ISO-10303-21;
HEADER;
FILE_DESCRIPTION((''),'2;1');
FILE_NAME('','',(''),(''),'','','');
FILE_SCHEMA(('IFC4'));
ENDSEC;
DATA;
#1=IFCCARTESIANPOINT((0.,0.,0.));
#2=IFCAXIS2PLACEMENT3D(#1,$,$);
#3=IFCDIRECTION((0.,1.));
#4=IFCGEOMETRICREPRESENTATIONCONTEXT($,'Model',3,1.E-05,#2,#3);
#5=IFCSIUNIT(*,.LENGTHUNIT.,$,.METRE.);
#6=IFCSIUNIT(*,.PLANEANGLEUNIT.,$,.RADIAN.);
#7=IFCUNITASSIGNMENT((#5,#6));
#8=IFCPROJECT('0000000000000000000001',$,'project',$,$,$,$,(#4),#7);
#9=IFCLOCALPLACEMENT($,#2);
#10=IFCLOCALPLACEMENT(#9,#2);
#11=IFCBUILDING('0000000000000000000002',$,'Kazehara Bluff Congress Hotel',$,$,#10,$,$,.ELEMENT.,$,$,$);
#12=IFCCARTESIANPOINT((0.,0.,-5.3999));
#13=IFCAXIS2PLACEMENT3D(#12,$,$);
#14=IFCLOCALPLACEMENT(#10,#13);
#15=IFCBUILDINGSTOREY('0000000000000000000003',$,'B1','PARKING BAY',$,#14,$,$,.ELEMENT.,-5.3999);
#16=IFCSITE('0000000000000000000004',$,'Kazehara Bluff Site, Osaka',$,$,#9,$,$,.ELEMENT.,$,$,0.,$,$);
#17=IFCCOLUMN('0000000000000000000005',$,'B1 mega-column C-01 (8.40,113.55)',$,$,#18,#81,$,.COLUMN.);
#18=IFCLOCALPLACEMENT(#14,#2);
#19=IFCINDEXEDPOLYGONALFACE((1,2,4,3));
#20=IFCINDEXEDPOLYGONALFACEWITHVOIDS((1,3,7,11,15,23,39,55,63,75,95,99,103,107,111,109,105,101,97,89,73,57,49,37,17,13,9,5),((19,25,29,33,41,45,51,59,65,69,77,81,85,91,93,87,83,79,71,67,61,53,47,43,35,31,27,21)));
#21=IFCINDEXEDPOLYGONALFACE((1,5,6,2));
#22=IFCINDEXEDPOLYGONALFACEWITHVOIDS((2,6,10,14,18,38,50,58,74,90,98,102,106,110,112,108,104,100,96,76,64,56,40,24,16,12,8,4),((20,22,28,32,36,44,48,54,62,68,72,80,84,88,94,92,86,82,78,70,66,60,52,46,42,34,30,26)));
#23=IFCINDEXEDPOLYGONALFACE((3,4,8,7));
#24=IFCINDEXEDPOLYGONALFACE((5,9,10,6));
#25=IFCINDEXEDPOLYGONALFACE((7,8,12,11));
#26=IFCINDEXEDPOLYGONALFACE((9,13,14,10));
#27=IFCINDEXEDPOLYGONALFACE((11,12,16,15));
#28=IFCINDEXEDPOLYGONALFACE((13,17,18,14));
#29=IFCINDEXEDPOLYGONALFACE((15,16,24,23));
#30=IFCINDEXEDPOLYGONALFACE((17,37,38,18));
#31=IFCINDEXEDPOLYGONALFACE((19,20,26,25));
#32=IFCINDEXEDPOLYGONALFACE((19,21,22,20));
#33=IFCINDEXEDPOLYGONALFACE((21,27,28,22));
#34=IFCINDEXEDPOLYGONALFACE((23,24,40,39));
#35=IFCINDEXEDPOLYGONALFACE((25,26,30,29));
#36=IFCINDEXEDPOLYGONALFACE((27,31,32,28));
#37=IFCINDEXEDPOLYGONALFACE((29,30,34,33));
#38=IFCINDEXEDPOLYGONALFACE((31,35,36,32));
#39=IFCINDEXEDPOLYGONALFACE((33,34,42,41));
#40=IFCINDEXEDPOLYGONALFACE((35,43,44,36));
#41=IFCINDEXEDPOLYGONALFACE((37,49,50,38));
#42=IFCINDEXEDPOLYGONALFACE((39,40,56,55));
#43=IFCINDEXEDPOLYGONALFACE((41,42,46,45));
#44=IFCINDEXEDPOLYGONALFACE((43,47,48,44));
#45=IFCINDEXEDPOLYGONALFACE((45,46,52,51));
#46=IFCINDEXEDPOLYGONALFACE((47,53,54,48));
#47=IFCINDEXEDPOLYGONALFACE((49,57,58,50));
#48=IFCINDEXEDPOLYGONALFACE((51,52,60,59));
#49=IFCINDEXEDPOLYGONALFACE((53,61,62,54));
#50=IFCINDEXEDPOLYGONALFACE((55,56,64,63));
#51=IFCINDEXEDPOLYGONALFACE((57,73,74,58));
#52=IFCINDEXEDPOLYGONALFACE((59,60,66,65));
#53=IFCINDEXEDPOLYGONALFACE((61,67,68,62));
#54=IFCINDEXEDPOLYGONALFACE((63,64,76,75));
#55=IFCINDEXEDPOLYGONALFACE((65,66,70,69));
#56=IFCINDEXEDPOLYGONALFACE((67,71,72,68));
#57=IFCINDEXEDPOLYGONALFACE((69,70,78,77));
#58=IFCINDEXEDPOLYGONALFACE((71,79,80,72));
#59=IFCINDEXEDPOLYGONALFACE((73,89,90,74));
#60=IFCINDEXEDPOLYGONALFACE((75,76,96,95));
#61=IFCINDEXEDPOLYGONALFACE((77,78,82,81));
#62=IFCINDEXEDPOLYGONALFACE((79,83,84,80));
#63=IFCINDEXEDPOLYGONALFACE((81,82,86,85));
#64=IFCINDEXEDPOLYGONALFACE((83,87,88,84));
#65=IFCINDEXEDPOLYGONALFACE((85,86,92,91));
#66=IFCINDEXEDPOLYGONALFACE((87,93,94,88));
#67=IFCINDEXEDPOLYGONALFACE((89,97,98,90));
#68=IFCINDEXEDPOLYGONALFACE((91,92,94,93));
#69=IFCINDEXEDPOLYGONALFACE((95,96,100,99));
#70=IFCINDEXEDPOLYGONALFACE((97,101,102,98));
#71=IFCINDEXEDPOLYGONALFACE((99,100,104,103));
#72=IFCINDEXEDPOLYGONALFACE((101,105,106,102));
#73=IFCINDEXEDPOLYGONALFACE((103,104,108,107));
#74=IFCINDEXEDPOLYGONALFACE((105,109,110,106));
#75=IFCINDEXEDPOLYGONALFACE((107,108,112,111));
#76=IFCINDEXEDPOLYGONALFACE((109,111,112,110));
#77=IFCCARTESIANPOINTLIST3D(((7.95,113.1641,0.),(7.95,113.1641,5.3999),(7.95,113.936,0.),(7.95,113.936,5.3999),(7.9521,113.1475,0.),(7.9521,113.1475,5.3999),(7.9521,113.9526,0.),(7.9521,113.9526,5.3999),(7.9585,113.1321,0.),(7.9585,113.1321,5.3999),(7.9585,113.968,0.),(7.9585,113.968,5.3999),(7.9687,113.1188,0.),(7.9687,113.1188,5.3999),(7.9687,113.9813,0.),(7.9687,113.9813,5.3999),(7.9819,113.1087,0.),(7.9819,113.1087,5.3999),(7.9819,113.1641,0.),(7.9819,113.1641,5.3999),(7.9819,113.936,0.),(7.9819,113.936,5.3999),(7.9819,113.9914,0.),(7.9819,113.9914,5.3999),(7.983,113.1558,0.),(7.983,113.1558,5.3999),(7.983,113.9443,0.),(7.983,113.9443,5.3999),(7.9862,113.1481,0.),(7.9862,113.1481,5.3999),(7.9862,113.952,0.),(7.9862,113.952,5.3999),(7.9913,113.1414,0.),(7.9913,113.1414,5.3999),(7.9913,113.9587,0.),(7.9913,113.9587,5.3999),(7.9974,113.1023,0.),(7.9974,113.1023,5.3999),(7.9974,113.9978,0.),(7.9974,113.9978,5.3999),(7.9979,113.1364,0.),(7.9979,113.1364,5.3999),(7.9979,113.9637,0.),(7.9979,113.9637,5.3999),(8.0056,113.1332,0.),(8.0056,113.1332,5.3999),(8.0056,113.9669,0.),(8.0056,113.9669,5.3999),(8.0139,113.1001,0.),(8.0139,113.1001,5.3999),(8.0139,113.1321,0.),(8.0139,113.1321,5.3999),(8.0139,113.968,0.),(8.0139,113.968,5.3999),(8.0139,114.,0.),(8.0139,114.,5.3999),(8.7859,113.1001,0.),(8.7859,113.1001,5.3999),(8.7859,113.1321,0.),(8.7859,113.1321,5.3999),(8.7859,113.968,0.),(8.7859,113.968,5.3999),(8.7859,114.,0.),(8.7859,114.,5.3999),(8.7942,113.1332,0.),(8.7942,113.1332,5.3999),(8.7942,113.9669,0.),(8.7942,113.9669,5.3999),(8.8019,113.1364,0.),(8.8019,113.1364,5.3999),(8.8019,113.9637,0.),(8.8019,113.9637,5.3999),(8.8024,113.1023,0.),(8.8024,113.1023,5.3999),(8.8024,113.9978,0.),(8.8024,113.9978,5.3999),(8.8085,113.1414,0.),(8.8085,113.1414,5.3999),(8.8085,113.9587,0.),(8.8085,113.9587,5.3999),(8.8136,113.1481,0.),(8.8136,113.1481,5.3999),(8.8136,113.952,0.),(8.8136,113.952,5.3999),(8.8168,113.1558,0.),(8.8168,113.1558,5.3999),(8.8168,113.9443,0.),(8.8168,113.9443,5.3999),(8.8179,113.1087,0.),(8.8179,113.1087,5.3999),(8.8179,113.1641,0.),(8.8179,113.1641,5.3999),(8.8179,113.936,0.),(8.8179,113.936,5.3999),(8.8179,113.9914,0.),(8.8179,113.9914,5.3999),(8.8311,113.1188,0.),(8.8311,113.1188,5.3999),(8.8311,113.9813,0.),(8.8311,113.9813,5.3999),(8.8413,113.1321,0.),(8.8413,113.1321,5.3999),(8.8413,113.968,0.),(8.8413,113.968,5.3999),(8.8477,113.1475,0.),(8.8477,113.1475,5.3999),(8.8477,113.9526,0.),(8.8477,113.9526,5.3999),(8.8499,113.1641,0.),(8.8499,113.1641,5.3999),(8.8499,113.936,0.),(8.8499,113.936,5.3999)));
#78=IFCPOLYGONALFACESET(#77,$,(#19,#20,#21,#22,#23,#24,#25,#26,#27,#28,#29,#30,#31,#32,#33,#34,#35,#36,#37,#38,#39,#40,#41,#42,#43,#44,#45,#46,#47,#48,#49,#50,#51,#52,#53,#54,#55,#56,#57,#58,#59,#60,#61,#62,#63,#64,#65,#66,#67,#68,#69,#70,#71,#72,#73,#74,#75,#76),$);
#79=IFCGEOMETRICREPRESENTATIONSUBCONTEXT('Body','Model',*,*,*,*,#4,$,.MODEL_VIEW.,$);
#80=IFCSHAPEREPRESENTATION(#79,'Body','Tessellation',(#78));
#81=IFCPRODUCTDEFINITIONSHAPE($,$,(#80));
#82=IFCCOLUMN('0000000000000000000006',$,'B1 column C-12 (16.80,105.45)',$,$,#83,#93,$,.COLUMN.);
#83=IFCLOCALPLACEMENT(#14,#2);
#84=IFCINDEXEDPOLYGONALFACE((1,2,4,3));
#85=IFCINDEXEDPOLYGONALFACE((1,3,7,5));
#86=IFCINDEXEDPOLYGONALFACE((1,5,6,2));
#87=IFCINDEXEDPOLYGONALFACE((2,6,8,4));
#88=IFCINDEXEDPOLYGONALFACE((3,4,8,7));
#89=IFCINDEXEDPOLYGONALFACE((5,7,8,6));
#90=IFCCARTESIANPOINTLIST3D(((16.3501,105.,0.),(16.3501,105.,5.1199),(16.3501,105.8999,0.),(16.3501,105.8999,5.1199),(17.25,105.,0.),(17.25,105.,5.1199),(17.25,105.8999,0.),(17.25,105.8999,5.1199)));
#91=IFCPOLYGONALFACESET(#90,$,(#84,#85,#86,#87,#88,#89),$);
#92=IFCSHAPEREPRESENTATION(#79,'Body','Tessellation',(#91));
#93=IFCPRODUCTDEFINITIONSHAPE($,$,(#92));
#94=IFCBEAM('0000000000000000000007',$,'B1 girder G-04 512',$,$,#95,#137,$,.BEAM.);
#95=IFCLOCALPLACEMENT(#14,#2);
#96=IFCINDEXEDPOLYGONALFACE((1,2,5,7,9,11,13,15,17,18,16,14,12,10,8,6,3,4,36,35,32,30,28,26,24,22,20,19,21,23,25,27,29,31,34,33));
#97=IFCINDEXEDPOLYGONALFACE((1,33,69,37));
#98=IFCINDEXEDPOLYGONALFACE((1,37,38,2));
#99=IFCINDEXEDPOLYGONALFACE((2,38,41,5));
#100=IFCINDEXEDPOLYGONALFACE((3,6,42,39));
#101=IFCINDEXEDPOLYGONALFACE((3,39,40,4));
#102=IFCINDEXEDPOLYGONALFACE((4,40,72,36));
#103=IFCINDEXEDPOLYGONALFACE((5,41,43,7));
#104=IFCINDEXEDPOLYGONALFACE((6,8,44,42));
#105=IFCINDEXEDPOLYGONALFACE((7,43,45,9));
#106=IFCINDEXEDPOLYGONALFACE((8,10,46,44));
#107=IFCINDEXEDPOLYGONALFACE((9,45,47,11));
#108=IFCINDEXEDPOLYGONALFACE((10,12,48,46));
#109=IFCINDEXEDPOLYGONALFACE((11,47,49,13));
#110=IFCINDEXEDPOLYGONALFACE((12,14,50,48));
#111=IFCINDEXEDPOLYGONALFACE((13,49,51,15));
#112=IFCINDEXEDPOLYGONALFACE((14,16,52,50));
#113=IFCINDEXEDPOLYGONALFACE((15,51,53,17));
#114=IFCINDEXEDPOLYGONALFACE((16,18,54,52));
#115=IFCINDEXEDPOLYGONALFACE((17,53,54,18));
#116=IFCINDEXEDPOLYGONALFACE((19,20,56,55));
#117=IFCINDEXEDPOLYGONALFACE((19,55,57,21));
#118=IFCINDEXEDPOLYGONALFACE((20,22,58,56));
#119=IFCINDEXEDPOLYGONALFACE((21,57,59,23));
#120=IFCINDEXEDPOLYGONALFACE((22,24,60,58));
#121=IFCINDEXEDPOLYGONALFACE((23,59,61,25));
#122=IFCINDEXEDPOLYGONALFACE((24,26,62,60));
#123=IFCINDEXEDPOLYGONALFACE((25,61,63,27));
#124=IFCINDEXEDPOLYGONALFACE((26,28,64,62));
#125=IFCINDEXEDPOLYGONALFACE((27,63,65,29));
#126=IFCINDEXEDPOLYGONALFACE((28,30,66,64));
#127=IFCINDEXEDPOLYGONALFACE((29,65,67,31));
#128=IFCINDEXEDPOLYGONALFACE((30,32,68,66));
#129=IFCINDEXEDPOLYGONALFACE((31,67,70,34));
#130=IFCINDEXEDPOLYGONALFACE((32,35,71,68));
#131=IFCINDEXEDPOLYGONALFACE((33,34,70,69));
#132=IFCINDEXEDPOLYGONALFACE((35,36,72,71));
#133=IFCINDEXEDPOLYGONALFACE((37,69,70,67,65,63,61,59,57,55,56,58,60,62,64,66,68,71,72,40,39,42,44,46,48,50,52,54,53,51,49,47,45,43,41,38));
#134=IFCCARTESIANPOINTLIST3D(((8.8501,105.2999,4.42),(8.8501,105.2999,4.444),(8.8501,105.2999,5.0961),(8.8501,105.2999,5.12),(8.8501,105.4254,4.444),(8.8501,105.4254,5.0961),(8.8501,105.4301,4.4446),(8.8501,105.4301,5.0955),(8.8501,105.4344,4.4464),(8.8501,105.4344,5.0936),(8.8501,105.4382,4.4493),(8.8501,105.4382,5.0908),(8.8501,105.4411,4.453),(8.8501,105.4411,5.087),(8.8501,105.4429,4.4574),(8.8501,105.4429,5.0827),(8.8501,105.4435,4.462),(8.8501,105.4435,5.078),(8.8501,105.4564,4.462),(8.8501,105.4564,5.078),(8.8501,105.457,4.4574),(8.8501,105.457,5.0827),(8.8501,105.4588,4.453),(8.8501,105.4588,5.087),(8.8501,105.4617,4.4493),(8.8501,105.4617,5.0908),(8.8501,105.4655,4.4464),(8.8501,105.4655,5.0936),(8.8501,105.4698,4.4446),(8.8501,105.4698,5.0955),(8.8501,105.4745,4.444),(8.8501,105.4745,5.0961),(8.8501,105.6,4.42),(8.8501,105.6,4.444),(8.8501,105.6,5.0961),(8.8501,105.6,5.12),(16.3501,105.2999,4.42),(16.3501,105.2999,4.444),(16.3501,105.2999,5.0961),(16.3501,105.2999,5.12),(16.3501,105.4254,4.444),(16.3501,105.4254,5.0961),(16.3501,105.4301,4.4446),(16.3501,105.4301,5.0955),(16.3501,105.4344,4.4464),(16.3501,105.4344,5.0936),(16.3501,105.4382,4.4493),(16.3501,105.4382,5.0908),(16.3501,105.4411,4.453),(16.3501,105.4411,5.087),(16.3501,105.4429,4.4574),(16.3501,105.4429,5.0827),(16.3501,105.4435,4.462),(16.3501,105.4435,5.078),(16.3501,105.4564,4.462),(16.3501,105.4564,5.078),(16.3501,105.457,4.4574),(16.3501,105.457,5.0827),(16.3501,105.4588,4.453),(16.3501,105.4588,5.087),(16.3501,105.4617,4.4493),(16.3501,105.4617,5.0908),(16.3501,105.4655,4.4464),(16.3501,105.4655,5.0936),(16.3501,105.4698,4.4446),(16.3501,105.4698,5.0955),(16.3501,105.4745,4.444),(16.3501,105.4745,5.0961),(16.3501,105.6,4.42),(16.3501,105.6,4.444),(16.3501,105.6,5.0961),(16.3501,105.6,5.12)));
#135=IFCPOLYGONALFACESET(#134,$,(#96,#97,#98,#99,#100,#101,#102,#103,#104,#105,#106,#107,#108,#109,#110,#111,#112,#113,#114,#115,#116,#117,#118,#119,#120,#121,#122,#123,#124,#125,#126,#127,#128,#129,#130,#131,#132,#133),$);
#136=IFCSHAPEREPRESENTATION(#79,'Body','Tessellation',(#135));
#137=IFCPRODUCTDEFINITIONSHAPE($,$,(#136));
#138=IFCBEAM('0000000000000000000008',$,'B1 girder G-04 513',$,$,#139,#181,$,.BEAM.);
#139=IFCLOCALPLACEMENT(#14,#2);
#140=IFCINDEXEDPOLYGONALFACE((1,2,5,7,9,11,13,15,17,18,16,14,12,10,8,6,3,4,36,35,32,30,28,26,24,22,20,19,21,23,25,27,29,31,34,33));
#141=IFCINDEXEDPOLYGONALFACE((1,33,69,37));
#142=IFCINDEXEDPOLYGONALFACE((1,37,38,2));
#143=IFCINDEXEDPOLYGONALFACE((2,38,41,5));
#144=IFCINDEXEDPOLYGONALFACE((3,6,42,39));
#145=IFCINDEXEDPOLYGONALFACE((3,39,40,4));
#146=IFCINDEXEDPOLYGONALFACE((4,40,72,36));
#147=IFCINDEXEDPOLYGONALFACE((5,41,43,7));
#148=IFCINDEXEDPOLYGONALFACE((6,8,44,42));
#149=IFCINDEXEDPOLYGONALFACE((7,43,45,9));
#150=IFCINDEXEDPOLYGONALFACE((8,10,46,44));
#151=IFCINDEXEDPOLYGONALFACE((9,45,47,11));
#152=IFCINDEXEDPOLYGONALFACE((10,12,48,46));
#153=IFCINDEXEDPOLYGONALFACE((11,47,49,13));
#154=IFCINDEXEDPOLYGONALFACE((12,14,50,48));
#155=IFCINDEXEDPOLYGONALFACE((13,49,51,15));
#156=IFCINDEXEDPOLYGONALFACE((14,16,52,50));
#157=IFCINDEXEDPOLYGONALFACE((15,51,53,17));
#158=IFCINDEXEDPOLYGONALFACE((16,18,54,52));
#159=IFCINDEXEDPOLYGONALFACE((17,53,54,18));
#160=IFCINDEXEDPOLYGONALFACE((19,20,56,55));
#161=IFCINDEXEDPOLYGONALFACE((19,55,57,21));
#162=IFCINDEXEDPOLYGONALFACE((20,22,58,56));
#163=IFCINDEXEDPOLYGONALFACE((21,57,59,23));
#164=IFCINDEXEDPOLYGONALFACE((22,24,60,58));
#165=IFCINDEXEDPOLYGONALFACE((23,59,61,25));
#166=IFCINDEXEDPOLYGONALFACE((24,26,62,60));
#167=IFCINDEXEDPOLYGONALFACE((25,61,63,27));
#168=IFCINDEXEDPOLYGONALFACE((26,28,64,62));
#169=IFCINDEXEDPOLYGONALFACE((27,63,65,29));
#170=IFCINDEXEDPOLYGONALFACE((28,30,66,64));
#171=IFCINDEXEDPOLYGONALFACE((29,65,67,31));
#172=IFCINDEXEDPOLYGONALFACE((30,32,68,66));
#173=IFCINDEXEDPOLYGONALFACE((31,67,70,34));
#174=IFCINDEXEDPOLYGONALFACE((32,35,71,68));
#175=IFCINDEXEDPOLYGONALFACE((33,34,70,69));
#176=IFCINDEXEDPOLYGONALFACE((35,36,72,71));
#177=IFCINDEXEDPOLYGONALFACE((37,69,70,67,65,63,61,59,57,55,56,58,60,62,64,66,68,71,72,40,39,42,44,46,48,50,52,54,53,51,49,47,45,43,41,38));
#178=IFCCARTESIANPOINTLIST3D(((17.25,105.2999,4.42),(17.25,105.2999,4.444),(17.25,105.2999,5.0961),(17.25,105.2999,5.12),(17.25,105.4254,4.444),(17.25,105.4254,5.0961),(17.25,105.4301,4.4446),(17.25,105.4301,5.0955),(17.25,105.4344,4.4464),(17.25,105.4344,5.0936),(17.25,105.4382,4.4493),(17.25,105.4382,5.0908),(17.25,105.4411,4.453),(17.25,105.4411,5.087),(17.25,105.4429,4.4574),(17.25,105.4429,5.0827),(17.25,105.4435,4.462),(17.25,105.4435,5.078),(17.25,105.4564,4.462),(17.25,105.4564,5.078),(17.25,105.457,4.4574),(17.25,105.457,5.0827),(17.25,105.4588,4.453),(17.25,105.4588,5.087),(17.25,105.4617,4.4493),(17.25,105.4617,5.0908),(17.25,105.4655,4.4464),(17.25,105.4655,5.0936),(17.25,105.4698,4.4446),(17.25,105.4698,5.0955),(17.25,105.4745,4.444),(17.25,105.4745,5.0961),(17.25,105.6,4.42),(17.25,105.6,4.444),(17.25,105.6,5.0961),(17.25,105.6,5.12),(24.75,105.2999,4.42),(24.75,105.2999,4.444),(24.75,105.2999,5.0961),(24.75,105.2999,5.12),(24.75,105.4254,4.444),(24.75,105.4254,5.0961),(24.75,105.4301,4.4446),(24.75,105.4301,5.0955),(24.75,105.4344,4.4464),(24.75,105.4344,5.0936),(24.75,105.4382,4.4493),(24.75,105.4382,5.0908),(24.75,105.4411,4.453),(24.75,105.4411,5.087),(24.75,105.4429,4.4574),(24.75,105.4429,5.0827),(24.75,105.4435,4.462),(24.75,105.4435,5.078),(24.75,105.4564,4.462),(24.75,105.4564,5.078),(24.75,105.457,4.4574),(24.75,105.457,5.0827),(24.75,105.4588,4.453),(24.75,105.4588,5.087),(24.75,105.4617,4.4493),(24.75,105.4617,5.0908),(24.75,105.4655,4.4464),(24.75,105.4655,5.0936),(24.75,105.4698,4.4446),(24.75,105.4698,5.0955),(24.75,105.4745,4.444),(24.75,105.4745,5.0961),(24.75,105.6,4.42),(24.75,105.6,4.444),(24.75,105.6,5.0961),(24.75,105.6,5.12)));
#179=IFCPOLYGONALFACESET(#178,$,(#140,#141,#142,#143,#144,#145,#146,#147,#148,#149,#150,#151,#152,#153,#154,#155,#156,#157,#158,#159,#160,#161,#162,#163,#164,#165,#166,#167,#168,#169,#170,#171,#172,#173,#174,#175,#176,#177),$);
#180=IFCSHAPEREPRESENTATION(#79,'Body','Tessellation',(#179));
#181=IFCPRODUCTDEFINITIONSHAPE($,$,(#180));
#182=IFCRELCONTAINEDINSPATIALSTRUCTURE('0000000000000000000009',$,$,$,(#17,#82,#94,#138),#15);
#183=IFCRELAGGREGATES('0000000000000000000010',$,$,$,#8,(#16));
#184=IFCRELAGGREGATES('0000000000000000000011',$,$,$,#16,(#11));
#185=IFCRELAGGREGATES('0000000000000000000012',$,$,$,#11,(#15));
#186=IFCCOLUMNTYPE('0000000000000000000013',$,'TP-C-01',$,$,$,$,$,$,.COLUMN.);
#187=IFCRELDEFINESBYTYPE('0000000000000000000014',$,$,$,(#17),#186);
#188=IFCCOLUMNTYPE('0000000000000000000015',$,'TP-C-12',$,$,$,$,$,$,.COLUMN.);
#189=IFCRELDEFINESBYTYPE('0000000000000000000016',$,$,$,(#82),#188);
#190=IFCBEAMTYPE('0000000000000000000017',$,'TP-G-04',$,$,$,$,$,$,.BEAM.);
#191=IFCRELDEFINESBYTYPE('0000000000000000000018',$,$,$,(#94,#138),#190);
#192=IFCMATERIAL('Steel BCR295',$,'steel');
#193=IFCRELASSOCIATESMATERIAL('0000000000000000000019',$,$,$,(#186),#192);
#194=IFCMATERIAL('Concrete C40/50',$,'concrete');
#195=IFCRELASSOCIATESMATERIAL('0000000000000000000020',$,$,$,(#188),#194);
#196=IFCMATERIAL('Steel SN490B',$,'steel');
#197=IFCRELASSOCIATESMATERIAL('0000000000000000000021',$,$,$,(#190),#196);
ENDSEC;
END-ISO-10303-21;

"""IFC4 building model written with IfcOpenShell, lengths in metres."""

from ifc_helpers import new_model, si_unit, direction, frame, origin, origin_2d, place, context, subcontext, project, spatial, rectangle, hollow_rectangle, i_section, extrude, material, material_profile, profile_set, type_object, element, save


model = new_model("IFC4")

# Units and contexts
model_context = context("Model", 3, precision=1e-05, world=origin(), true_north=direction((0.0, 1.0)))
body_context = subcontext(model_context, "Body", "Model", "MODEL_VIEW")
ifc_project = project(units=[si_unit("LENGTHUNIT", "METRE"), si_unit("PLANEANGLEUNIT", "RADIAN")], contexts=[model_context])

# Site, building, storey
site_placement = place(None, origin())
site = spatial("IfcSite", under=ifc_project, at=site_placement, Name="Kazehara Bluff Site, Osaka", CompositionType="ELEMENT", RefElevation=0.0)
building_placement = place(site_placement, origin())
building = spatial("IfcBuilding", under=site, at=building_placement, Name="Kazehara Bluff Congress Hotel", CompositionType="ELEMENT")
storey_placement = place(building_placement, frame((0.0, 0.0, -5.3999)))
storey = spatial("IfcBuildingStorey", under=building, at=storey_placement, Name="B1", Description="PARKING BAY", CompositionType="ELEMENT", Elevation=-5.3999)

# Columns
ifc_material_1 = material(Name="Steel BCR295", Category="steel")
ifc_material_profile_1 = material_profile(ifc_material_1, hollow_rectangle(XDim=0.8999, YDim=0.8999, WallThickness=0.032, InnerFilletRadius=0.032, OuterFilletRadius=0.064, at=origin_2d()))
ifc_profile_set_1 = profile_set([ifc_material_profile_1], Name="Steel BCR295")
column_type_1 = type_object("IfcColumnType", Name="TP-C-01", PredefinedType="COLUMN", material=ifc_profile_set_1)
column_1_placement = place(storey_placement, frame((8.3999, 113.55, 0.0), z_axis=(0.0, 0.0, 1.0), x_axis=(1.0, 0.0, 0.0)))
element("IfcColumn", 1, at=column_1_placement, inside=storey, type_object=column_type_1, Name="B1 mega-column C-01 (8.40,113.55)", PredefinedType="COLUMN", context=body_context, shape_type="SweptSolid", body=[
    extrude(hollow_rectangle(XDim=0.8999, YDim=0.8999, WallThickness=0.032, InnerFilletRadius=0.032, OuterFilletRadius=0.064, at=origin_2d()), origin(), (0.0, 0.0, 1.0), 5.3999),
])
ifc_material_2 = material(Name="Concrete C40/50", Category="concrete")
ifc_material_profile_2 = material_profile(ifc_material_2, rectangle(XDim=0.8999, YDim=0.8999, at=origin_2d()))
ifc_profile_set_2 = profile_set([ifc_material_profile_2], Name="Concrete C40/50")
column_type_2 = type_object("IfcColumnType", Name="TP-C-12", PredefinedType="COLUMN", material=ifc_profile_set_2)
column_2_placement = place(storey_placement, frame((16.8, 105.45, 0.0), z_axis=(0.0, 0.0, 1.0), x_axis=(1.0, 0.0, 0.0)))
element("IfcColumn", 2, at=column_2_placement, inside=storey, type_object=column_type_2, Name="B1 column C-12 (16.80,105.45)", PredefinedType="COLUMN", context=body_context, shape_type="SweptSolid", body=[
    extrude(rectangle(XDim=0.8999, YDim=0.8999, at=origin_2d()), origin(), (0.0, 0.0, 1.0), 5.1199),
])

# Beams
ifc_material_3 = material(Name="Steel SN490B", Category="steel")
ifc_material_profile_3 = material_profile(ifc_material_3, i_section(OverallWidth=0.3, OverallDepth=0.7, WebThickness=0.0129, FlangeThickness=0.0239, FilletRadius=0.0181, at=origin_2d()))
ifc_profile_set_3 = profile_set([ifc_material_profile_3], Name="Steel SN490B")
beam_type_1 = type_object("IfcBeamType", Name="TP-G-04", PredefinedType="BEAM", material=ifc_profile_set_3)
for number, where, z_axis, x_axis, name in (
    (3, (8.8501, 105.45, 4.77), (1.0, 0.0, 0.0), (0.0, 1.0, 0.0), "B1 girder G-04 512"),
    (4, (17.25, 105.45, 4.77), (1.0, 0.0, 0.0), (0.0, 1.0, 0.0), "B1 girder G-04 513"),
):
    element("IfcBeam", number, at=place(storey_placement, frame(where, z_axis=z_axis, x_axis=x_axis)), inside=storey, type_object=beam_type_1, Name=name, PredefinedType="BEAM", context=body_context, shape_type="SweptSolid", body=[
        extrude(i_section(OverallWidth=0.3, OverallDepth=0.7, WebThickness=0.0129, FlangeThickness=0.0239, FilletRadius=0.0181, at=origin_2d()), origin(), (0.0, 0.0, 1.0), 7.5),
    ])

save(model, "model.ifc")
